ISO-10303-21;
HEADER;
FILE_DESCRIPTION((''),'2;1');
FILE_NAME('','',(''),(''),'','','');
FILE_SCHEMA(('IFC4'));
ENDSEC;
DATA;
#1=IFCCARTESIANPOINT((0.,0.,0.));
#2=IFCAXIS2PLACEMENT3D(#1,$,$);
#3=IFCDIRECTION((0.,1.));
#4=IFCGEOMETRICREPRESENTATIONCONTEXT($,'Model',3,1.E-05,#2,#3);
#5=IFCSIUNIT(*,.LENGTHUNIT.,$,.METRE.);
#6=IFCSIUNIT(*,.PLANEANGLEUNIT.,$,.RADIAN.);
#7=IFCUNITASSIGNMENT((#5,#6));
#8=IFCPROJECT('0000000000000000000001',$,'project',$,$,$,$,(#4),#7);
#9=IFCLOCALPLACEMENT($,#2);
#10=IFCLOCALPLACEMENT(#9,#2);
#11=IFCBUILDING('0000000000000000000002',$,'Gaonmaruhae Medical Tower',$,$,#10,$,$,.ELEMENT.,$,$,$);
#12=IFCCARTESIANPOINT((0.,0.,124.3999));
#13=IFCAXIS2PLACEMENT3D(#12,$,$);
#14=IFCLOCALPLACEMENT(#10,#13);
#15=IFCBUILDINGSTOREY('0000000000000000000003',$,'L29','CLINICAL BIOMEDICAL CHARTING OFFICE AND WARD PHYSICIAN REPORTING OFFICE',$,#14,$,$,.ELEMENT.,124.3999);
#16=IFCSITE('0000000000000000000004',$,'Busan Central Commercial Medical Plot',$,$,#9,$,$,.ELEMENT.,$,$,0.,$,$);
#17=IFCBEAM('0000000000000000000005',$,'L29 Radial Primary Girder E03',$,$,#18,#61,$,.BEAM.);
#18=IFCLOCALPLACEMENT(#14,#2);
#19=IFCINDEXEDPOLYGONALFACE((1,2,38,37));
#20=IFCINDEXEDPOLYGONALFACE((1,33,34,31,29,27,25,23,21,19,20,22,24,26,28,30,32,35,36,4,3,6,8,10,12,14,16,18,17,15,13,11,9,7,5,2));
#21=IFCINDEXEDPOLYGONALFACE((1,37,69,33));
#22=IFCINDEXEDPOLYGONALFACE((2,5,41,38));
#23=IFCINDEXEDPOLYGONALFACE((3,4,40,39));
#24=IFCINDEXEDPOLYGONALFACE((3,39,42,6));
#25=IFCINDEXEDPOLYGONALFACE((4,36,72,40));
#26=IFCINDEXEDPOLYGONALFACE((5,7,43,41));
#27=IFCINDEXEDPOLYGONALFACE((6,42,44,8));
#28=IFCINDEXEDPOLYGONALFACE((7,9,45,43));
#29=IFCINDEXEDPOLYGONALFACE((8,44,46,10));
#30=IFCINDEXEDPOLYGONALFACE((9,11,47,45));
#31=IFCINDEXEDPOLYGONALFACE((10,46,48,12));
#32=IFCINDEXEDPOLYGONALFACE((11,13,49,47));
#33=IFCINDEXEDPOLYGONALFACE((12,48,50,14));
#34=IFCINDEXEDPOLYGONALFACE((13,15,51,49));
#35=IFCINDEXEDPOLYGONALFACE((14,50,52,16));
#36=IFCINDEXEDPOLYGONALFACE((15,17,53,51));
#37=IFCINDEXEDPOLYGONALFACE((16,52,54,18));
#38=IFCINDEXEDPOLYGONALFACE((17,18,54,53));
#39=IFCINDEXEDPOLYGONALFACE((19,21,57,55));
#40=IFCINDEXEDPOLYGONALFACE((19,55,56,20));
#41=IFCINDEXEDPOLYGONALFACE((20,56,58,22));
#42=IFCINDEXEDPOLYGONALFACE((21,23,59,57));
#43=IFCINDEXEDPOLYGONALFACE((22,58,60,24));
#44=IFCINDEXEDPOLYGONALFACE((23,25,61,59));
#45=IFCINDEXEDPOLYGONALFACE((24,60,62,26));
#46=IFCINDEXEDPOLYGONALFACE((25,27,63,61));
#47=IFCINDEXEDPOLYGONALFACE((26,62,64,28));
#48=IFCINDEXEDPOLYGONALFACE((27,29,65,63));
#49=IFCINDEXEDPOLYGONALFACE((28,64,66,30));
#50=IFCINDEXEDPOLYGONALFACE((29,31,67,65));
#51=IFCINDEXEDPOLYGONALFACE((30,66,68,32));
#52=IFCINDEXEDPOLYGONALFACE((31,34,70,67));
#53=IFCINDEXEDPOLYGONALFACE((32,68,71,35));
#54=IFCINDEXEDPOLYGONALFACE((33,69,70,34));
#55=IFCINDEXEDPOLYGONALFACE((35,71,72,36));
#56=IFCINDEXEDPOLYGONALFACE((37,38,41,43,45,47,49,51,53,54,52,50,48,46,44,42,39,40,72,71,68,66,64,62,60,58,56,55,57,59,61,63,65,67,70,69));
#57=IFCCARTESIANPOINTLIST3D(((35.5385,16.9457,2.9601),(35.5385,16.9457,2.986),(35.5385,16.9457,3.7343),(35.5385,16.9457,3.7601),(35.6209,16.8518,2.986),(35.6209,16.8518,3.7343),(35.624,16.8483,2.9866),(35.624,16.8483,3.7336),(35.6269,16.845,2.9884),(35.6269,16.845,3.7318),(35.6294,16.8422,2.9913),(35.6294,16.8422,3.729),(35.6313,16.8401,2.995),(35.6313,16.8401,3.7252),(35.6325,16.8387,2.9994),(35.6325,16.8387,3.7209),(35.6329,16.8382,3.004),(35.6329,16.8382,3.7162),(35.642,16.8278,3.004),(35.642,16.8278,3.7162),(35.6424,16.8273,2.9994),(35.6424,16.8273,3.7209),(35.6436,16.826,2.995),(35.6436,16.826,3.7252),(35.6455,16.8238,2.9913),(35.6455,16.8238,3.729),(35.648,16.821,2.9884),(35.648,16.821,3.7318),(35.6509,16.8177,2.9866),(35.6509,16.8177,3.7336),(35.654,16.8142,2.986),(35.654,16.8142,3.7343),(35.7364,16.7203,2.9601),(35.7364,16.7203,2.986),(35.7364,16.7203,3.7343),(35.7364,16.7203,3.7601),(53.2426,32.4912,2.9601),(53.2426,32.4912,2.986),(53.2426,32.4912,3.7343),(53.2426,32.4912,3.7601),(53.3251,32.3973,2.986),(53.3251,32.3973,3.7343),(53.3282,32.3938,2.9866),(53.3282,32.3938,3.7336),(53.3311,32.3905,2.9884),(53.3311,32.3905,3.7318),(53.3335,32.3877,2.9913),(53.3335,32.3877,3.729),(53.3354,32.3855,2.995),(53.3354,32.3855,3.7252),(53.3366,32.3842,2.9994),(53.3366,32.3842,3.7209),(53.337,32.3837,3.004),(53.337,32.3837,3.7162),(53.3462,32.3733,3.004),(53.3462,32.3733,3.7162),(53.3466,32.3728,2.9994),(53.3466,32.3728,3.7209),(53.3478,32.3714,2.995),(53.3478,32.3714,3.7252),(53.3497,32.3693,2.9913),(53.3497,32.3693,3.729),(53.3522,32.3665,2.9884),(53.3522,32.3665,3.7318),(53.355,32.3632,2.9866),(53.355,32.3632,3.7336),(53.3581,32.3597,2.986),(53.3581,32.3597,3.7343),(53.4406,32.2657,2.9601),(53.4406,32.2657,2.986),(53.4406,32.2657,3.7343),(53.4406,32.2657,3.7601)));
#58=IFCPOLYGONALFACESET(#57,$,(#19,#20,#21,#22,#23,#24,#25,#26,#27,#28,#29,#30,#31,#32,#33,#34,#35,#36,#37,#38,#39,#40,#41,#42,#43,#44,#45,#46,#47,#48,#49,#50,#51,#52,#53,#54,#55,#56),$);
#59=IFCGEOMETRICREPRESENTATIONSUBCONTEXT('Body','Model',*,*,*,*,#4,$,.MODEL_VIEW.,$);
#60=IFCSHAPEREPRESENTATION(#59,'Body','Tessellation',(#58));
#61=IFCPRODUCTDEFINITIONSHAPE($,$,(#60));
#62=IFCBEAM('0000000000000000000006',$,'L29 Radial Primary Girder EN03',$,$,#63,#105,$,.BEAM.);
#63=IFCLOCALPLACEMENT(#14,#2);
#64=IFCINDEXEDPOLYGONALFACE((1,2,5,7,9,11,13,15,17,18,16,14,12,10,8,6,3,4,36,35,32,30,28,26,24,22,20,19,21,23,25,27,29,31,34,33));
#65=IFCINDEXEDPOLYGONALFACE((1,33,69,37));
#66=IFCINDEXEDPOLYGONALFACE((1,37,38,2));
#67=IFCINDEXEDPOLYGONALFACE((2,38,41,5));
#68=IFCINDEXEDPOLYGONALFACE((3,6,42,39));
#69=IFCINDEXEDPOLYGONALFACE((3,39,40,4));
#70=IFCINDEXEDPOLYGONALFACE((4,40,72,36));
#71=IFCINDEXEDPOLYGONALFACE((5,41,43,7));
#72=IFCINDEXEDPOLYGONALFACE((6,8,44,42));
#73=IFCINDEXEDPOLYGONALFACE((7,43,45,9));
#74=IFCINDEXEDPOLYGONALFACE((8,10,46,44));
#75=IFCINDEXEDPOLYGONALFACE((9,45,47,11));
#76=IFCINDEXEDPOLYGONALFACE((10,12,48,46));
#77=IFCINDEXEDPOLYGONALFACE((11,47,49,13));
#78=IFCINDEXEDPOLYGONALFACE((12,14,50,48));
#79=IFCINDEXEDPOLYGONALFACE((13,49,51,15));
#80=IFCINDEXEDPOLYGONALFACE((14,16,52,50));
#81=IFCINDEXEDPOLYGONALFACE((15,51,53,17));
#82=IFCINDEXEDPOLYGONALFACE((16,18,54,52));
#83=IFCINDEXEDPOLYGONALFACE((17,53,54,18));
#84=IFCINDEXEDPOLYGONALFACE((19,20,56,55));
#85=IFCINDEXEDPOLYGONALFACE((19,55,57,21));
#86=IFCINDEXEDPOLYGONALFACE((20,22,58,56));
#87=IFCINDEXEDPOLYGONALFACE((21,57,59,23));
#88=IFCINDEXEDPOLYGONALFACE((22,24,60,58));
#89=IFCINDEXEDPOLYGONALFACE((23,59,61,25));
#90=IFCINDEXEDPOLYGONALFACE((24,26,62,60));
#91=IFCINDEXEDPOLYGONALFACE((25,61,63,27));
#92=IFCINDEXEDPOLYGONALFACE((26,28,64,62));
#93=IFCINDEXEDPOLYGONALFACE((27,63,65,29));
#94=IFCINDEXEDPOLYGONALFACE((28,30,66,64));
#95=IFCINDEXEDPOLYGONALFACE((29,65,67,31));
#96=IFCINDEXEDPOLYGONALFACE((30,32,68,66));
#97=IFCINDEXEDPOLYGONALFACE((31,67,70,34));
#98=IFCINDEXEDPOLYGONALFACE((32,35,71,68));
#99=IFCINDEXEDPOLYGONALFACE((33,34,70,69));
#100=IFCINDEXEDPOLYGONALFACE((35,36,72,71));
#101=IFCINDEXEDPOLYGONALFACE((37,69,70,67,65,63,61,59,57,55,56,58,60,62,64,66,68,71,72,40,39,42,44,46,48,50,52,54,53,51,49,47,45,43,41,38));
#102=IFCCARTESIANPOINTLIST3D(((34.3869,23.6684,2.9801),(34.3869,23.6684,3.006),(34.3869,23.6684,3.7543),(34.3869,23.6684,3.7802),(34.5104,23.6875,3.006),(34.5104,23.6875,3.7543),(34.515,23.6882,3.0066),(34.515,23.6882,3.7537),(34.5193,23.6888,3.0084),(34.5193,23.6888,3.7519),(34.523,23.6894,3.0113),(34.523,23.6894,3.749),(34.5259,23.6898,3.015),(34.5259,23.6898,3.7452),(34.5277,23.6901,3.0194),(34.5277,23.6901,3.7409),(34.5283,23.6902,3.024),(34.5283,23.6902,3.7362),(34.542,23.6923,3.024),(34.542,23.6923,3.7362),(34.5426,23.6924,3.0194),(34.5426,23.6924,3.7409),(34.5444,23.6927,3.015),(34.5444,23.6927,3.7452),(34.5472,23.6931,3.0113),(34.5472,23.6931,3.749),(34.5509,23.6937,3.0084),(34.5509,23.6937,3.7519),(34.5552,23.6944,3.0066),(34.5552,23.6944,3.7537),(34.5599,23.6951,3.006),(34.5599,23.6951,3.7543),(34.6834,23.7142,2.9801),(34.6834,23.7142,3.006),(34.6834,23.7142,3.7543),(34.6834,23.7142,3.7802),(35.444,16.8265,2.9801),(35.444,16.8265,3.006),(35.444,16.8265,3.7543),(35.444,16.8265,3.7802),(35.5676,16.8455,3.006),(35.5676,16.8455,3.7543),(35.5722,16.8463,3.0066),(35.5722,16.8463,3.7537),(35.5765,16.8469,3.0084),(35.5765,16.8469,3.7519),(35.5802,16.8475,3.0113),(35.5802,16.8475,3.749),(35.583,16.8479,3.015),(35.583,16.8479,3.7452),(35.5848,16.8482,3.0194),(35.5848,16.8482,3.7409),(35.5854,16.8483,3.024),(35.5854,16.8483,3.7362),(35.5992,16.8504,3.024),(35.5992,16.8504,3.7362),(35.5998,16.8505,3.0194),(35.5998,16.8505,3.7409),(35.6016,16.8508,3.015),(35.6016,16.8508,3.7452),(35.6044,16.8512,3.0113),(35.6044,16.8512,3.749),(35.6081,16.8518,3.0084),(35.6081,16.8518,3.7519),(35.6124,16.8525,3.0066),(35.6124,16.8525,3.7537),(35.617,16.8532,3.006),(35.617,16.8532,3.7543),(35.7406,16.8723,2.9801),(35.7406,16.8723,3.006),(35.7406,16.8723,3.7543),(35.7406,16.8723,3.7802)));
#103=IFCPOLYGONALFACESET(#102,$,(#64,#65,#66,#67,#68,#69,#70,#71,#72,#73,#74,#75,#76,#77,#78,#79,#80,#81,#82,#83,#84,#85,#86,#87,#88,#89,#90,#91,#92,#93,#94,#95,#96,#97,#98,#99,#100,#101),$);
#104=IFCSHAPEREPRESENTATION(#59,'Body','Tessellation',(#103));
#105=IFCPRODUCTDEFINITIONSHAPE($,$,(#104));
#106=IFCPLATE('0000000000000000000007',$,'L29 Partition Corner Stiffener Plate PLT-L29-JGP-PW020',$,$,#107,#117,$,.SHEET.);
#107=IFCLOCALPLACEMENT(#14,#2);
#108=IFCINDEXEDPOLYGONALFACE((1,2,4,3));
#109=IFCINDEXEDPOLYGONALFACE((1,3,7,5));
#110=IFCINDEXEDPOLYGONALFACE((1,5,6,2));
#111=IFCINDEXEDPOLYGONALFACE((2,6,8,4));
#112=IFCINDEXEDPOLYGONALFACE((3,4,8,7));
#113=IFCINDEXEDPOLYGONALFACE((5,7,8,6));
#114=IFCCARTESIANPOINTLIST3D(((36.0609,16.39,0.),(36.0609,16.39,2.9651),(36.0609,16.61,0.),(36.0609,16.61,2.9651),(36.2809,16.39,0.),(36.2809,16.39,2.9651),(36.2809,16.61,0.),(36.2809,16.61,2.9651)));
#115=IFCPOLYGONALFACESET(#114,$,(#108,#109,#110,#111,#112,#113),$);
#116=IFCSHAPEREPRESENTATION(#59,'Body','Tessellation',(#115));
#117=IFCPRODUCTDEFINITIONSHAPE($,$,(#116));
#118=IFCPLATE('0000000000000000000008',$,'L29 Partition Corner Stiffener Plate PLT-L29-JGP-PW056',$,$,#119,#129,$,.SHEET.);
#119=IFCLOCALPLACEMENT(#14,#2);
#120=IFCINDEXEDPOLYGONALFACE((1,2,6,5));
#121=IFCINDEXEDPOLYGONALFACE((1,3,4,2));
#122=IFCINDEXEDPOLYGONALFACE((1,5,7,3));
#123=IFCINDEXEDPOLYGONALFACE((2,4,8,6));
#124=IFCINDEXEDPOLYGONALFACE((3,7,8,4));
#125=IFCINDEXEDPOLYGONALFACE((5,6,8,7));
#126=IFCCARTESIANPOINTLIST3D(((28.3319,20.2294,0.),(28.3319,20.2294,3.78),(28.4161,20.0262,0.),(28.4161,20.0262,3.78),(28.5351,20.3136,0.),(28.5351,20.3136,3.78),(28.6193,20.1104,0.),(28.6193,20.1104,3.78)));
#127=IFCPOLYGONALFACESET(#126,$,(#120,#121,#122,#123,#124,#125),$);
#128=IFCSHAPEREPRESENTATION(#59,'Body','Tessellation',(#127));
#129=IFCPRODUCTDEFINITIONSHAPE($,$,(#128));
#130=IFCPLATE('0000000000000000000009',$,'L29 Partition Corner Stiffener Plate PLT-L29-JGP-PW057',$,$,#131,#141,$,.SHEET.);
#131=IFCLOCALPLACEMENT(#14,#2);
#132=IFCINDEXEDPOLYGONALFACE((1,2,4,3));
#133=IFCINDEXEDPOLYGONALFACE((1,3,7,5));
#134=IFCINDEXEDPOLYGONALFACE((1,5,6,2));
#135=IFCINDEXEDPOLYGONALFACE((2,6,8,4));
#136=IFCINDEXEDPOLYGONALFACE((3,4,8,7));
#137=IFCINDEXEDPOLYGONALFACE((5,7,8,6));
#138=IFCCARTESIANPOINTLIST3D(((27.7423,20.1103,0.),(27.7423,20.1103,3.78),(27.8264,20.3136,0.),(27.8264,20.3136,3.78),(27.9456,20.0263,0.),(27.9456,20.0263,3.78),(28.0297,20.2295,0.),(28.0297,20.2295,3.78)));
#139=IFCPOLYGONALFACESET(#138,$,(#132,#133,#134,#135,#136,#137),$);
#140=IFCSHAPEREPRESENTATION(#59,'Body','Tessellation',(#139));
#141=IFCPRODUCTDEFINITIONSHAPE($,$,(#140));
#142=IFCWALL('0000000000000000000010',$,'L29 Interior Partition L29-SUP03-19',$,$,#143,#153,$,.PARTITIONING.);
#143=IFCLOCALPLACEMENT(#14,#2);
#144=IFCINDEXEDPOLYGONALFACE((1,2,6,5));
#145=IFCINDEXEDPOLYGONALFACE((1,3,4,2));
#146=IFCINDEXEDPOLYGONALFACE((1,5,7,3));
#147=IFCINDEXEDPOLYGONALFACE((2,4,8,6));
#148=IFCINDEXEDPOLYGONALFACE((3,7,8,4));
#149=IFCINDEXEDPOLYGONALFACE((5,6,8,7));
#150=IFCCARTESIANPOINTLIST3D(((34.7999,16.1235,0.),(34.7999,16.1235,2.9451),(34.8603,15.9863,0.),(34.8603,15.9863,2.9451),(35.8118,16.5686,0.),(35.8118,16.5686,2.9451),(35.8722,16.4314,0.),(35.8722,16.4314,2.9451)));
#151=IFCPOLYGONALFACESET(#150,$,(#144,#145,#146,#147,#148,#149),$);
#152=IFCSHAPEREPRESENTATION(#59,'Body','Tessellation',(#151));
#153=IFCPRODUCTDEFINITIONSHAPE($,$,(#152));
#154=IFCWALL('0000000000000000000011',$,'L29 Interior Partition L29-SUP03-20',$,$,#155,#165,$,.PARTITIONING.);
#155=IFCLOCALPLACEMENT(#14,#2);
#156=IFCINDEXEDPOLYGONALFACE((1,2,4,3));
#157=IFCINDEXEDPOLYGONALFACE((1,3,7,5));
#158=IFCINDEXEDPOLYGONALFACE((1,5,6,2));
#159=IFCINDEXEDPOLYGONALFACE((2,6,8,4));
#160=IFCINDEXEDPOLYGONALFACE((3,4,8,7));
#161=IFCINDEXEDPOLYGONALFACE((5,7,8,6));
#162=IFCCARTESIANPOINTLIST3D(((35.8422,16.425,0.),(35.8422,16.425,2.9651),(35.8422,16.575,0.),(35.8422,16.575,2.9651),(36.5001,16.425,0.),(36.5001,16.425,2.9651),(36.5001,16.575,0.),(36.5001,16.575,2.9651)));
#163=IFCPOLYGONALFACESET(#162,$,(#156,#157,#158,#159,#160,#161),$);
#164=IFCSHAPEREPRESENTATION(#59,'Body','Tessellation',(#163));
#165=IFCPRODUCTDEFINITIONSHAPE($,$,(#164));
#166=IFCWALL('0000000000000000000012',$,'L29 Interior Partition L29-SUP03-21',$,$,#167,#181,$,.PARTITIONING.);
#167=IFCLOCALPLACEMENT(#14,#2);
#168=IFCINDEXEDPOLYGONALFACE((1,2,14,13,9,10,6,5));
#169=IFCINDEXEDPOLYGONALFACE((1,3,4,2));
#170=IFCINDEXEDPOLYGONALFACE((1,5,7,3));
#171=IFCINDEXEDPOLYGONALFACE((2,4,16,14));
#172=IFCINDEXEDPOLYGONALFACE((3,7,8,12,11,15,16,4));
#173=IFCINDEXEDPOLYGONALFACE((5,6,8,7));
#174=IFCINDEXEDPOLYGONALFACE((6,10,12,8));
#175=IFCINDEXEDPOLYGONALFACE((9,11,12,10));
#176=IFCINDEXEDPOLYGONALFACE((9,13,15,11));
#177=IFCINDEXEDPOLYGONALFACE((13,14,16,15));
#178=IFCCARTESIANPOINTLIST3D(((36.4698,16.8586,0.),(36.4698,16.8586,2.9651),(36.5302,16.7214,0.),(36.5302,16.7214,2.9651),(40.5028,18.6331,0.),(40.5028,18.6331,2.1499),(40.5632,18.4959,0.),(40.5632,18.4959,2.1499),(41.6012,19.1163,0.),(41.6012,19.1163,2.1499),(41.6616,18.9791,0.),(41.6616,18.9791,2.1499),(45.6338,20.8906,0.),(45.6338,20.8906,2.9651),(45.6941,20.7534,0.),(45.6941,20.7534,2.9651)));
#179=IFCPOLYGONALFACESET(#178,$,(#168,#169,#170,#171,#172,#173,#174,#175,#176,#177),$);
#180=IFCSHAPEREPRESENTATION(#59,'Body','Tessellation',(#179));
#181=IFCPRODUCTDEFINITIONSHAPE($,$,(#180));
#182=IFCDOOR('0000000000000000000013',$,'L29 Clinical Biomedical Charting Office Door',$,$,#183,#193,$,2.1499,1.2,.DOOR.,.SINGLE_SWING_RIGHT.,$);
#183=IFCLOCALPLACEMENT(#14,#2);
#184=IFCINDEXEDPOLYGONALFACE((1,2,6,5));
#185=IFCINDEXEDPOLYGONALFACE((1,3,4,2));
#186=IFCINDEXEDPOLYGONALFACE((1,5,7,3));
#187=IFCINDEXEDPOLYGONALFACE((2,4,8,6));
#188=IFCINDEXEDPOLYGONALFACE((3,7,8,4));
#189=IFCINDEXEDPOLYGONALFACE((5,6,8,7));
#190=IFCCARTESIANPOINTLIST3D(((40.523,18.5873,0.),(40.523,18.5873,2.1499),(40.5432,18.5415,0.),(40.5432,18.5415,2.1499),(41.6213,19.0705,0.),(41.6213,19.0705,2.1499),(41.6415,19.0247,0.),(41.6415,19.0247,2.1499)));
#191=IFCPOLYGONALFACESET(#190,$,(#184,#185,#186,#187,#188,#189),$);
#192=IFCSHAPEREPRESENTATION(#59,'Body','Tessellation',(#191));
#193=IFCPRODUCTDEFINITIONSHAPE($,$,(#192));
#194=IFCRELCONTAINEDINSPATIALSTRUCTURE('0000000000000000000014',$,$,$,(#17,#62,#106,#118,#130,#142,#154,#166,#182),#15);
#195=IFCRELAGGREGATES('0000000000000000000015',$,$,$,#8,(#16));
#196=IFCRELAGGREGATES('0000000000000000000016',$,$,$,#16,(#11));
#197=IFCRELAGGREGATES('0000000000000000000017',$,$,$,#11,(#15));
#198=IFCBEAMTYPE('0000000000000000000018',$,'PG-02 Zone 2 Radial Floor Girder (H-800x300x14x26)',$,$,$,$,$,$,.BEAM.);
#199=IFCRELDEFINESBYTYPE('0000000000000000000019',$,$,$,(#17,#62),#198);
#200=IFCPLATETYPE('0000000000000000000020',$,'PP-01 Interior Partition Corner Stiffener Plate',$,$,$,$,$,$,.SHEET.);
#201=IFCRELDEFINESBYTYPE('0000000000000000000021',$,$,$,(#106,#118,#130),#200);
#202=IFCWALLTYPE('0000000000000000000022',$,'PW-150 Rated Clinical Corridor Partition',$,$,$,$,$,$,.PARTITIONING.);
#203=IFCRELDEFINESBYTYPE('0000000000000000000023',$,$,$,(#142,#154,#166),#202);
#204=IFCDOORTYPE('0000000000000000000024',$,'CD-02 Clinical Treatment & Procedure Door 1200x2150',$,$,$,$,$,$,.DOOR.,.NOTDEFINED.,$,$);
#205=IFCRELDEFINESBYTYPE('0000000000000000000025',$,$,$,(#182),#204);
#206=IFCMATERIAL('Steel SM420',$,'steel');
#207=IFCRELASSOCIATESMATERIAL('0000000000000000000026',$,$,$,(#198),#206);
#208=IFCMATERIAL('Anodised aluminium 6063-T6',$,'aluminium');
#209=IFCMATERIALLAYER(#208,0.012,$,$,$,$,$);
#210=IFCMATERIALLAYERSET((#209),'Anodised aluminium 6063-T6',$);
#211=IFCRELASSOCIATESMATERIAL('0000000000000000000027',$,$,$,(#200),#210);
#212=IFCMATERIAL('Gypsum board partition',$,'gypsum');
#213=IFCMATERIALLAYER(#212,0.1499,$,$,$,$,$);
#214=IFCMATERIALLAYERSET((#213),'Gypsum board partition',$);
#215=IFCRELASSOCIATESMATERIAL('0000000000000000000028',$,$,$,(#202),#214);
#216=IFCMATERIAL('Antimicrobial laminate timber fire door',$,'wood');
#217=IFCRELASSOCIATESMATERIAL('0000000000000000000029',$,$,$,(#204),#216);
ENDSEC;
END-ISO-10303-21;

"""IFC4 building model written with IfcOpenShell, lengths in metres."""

from ifc_helpers import new_model, si_unit, direction, frame, frame_2d, origin, origin_2d, place, context, subcontext, project, spatial, rectangle, i_section, extrude, material, layer, layer_set, material_profile, profile_set, type_object, element, fill, save


model = new_model("IFC4")

# Units and contexts
model_context = context("Model", 3, precision=1e-05, world=origin(), true_north=direction((0.0, 1.0)))
body_context = subcontext(model_context, "Body", "Model", "MODEL_VIEW")
ifc_project = project(units=[si_unit("LENGTHUNIT", "METRE"), si_unit("PLANEANGLEUNIT", "RADIAN")], contexts=[model_context])

# Site, building, storey
site_placement = place(None, origin())
site = spatial("IfcSite", under=ifc_project, at=site_placement, Name="Busan Central Commercial Medical Plot", CompositionType="ELEMENT", RefElevation=0.0)
building_placement = place(site_placement, origin())
building = spatial("IfcBuilding", under=site, at=building_placement, Name="Gaonmaruhae Medical Tower", CompositionType="ELEMENT")
storey_placement = place(building_placement, frame((0.0, 0.0, 124.3999)))
storey = spatial("IfcBuildingStorey", under=building, at=storey_placement, Name="L29", Description="CLINICAL BIOMEDICAL CHARTING OFFICE AND WARD PHYSICIAN REPORTING OFFICE", CompositionType="ELEMENT", Elevation=124.3999)

# Beams
ifc_material_1 = material(Name="Steel SM420", Category="steel")
ifc_material_profile_1 = material_profile(ifc_material_1, i_section(OverallWidth=0.3, OverallDepth=0.8, WebThickness=0.0139, FlangeThickness=0.0259, FilletRadius=0.0181, at=origin_2d()), Name="H-800x300x14x26")
ifc_profile_set_1 = profile_set([ifc_material_profile_1], Name="Steel SM420")
beam_type_1 = type_object("IfcBeamType", Name="PG-02 Zone 2 Radial Floor Girder (H-800x300x14x26)", PredefinedType="BEAM", material=ifc_profile_set_1)
beam_1_placement = place(storey_placement, frame((35.6375, 16.833, 3.3601), z_axis=(0.751433, 0.659809, 0.0), x_axis=(-0.659809, 0.751433, 0.0)))
element("IfcBeam", 1, at=beam_1_placement, inside=storey, type_object=beam_type_1, Name="L29 Radial Primary Girder E03", PredefinedType="BEAM", context=body_context, shape_type="SweptSolid", body=[
    extrude(i_section(OverallWidth=0.3, OverallDepth=0.8, WebThickness=0.0139, FlangeThickness=0.0259, FilletRadius=0.0181, at=origin_2d()), origin(), (0.0, 0.0, 1.0), 23.5605),
])
beam_2_placement = place(storey_placement, frame((35.5923, 16.8494, 3.3801), z_axis=(-0.152698, 0.988273, 0.0), x_axis=(-0.988273, -0.152698, 0.0)))
element("IfcBeam", 2, at=beam_2_placement, inside=storey, type_object=beam_type_1, Name="L29 Radial Primary Girder EN03", PredefinedType="BEAM", context=body_context, shape_type="SweptSolid", body=[
    extrude(i_section(OverallWidth=0.3, OverallDepth=0.8, WebThickness=0.0139, FlangeThickness=0.0259, FilletRadius=0.0181, at=origin_2d()), origin(), (0.0, 0.0, 1.0), 6.9231),
])

# Plates
ifc_material_2 = material(Name="Anodised aluminium 6063-T6", Category="aluminium")
ifc_layer_1 = layer(ifc_material_2, 0.012)
ifc_layer_set_1 = layer_set([ifc_layer_1], Name="Anodised aluminium 6063-T6")
plate_type = type_object("IfcPlateType", Name="PP-01 Interior Partition Corner Stiffener Plate", PredefinedType="SHEET", material=ifc_layer_set_1)
plate_placement = place(storey_placement, frame((36.1709, 16.5, 0.0), z_axis=(0.0, 0.0, 1.0), x_axis=(1.0, 0.0, 0.0)))
element("IfcPlate", 3, at=plate_placement, inside=storey, type_object=plate_type, Name="L29 Partition Corner Stiffener Plate PLT-L29-JGP-PW020", PredefinedType="SHEET", context=body_context, shape_type="SweptSolid", body=[
    extrude(rectangle(XDim=0.22, YDim=0.22, at=origin_2d()), origin(), (0.0, 0.0, 1.0), 2.9651),
])
for number, where, z_axis, x_axis, name in (
    (4, (28.4756, 20.1699, 0.0), (0.0, 0.0, 1.0), (-0.923866, -0.382716, 0.0), "L29 Partition Corner Stiffener Plate PLT-L29-JGP-PW056"),
    (5, (27.886, 20.1699, 0.0), (0.0, 0.0, 1.0), (-0.924093, 0.382167, 0.0), "L29 Partition Corner Stiffener Plate PLT-L29-JGP-PW057"),
):
    element("IfcPlate", number, at=place(storey_placement, frame(where, z_axis=z_axis, x_axis=x_axis)), inside=storey, type_object=plate_type, Name=name, PredefinedType="SHEET", context=body_context, shape_type="SweptSolid", body=[
        extrude(rectangle(XDim=0.22, YDim=0.22, at=origin_2d()), origin(), (0.0, 0.0, 1.0), 3.78),
    ])

# Walls
ifc_material_3 = material(Name="Gypsum board partition", Category="gypsum")
ifc_layer_2 = layer(ifc_material_3, 0.1499)
ifc_layer_set_2 = layer_set([ifc_layer_2], Name="Gypsum board partition")
wall_type_1 = type_object("IfcWallType", Name="PW-150 Rated Clinical Corridor Partition", PredefinedType="PARTITIONING", material=ifc_layer_set_2)
wall_1_placement = place(storey_placement, frame((34.8301, 16.0549, 0.0), z_axis=(0.0, 0.0, 1.0), x_axis=(0.91538, 0.402591, 0.0)))
element("IfcWall", 6, at=wall_1_placement, inside=storey, type_object=wall_type_1, Name="L29 Interior Partition L29-SUP03-19", PredefinedType="PARTITIONING", context=body_context, shape_type="SweptSolid", body=[
    extrude(rectangle(XDim=1.1055, YDim=0.1499, at=frame_2d((0.5527, 0.0))), origin(), (0.0, 0.0, 1.0), 2.9451),
])
wall_2_placement = place(storey_placement, frame((35.842, 16.5, 0.0), z_axis=(0.0, 0.0, 1.0), x_axis=(1.0, 0.0, 0.0)))
element("IfcWall", 7, at=wall_2_placement, inside=storey, type_object=wall_type_1, Name="L29 Interior Partition L29-SUP03-20", PredefinedType="PARTITIONING", context=body_context, shape_type="SweptSolid", body=[
    extrude(rectangle(XDim=0.658, YDim=0.1499, at=frame_2d((0.3291, 0.0))), origin(), (0.0, 0.0, 1.0), 2.9651),
])

# Wall, opening, door
wall_3_placement = place(storey_placement, frame((36.5, 16.79, 0.0), z_axis=(0.0, 0.0, 1.0), x_axis=(0.915323, 0.402721, 0.0)))
wall_3 = element("IfcWall", 8, at=wall_3_placement, inside=storey, type_object=wall_type_1, Name="L29 Interior Partition L29-SUP03-21", PredefinedType="PARTITIONING", context=body_context, shape_type="SweptSolid", body=[
    extrude(rectangle(XDim=10.0117, YDim=0.1499, at=frame_2d((5.0059, 0.0))), origin(), (0.0, 0.0, 1.0), 2.9651),
])
opening_1_placement = place(wall_3_placement, frame((4.406, 0.0, 0.0)))
opening_1 = element("IfcOpeningElement", 9, at=opening_1_placement, cuts=wall_3, PredefinedType="OPENING", context=body_context, shape_type="SweptSolid", body=[
    extrude(rectangle(XDim=1.2, YDim=2.1499, at=frame_2d((0.6001, 1.075))), frame((0.0, 0.085, 0.0), z_axis=(0.0, -1.0, 0.0), x_axis=(1.0, 0.0, 0.0)), (0.0, 0.0, 1.0), 0.1699),
])
ifc_material_4 = material(Name="Antimicrobial laminate timber fire door", Category="wood")
door_type_1 = type_object("IfcDoorType", Name="CD-02 Clinical Treatment & Procedure Door 1200x2150", OperationType="NOTDEFINED", PredefinedType="DOOR", material=ifc_material_4)
door_1_placement = place(opening_1_placement, origin())
door_1 = element("IfcDoor", 10, at=door_1_placement, inside=storey, type_object=door_type_1, Name="L29 Clinical Biomedical Charting Office Door", OperationType="SINGLE_SWING_RIGHT", OverallHeight=2.1499, OverallWidth=1.2, PredefinedType="DOOR", context=body_context, shape_type="SweptSolid", body=[
    extrude(rectangle(XDim=1.2, YDim=2.1499, at=frame_2d((0.6001, 1.075))), frame((0.0, 0.0249, 0.0), z_axis=(0.0, -1.0, 0.0), x_axis=(1.0, 0.0, 0.0)), (0.0, 0.0, 1.0), 0.05),
])
fill(opening_1, door_1)

save(model, "model.ifc")
